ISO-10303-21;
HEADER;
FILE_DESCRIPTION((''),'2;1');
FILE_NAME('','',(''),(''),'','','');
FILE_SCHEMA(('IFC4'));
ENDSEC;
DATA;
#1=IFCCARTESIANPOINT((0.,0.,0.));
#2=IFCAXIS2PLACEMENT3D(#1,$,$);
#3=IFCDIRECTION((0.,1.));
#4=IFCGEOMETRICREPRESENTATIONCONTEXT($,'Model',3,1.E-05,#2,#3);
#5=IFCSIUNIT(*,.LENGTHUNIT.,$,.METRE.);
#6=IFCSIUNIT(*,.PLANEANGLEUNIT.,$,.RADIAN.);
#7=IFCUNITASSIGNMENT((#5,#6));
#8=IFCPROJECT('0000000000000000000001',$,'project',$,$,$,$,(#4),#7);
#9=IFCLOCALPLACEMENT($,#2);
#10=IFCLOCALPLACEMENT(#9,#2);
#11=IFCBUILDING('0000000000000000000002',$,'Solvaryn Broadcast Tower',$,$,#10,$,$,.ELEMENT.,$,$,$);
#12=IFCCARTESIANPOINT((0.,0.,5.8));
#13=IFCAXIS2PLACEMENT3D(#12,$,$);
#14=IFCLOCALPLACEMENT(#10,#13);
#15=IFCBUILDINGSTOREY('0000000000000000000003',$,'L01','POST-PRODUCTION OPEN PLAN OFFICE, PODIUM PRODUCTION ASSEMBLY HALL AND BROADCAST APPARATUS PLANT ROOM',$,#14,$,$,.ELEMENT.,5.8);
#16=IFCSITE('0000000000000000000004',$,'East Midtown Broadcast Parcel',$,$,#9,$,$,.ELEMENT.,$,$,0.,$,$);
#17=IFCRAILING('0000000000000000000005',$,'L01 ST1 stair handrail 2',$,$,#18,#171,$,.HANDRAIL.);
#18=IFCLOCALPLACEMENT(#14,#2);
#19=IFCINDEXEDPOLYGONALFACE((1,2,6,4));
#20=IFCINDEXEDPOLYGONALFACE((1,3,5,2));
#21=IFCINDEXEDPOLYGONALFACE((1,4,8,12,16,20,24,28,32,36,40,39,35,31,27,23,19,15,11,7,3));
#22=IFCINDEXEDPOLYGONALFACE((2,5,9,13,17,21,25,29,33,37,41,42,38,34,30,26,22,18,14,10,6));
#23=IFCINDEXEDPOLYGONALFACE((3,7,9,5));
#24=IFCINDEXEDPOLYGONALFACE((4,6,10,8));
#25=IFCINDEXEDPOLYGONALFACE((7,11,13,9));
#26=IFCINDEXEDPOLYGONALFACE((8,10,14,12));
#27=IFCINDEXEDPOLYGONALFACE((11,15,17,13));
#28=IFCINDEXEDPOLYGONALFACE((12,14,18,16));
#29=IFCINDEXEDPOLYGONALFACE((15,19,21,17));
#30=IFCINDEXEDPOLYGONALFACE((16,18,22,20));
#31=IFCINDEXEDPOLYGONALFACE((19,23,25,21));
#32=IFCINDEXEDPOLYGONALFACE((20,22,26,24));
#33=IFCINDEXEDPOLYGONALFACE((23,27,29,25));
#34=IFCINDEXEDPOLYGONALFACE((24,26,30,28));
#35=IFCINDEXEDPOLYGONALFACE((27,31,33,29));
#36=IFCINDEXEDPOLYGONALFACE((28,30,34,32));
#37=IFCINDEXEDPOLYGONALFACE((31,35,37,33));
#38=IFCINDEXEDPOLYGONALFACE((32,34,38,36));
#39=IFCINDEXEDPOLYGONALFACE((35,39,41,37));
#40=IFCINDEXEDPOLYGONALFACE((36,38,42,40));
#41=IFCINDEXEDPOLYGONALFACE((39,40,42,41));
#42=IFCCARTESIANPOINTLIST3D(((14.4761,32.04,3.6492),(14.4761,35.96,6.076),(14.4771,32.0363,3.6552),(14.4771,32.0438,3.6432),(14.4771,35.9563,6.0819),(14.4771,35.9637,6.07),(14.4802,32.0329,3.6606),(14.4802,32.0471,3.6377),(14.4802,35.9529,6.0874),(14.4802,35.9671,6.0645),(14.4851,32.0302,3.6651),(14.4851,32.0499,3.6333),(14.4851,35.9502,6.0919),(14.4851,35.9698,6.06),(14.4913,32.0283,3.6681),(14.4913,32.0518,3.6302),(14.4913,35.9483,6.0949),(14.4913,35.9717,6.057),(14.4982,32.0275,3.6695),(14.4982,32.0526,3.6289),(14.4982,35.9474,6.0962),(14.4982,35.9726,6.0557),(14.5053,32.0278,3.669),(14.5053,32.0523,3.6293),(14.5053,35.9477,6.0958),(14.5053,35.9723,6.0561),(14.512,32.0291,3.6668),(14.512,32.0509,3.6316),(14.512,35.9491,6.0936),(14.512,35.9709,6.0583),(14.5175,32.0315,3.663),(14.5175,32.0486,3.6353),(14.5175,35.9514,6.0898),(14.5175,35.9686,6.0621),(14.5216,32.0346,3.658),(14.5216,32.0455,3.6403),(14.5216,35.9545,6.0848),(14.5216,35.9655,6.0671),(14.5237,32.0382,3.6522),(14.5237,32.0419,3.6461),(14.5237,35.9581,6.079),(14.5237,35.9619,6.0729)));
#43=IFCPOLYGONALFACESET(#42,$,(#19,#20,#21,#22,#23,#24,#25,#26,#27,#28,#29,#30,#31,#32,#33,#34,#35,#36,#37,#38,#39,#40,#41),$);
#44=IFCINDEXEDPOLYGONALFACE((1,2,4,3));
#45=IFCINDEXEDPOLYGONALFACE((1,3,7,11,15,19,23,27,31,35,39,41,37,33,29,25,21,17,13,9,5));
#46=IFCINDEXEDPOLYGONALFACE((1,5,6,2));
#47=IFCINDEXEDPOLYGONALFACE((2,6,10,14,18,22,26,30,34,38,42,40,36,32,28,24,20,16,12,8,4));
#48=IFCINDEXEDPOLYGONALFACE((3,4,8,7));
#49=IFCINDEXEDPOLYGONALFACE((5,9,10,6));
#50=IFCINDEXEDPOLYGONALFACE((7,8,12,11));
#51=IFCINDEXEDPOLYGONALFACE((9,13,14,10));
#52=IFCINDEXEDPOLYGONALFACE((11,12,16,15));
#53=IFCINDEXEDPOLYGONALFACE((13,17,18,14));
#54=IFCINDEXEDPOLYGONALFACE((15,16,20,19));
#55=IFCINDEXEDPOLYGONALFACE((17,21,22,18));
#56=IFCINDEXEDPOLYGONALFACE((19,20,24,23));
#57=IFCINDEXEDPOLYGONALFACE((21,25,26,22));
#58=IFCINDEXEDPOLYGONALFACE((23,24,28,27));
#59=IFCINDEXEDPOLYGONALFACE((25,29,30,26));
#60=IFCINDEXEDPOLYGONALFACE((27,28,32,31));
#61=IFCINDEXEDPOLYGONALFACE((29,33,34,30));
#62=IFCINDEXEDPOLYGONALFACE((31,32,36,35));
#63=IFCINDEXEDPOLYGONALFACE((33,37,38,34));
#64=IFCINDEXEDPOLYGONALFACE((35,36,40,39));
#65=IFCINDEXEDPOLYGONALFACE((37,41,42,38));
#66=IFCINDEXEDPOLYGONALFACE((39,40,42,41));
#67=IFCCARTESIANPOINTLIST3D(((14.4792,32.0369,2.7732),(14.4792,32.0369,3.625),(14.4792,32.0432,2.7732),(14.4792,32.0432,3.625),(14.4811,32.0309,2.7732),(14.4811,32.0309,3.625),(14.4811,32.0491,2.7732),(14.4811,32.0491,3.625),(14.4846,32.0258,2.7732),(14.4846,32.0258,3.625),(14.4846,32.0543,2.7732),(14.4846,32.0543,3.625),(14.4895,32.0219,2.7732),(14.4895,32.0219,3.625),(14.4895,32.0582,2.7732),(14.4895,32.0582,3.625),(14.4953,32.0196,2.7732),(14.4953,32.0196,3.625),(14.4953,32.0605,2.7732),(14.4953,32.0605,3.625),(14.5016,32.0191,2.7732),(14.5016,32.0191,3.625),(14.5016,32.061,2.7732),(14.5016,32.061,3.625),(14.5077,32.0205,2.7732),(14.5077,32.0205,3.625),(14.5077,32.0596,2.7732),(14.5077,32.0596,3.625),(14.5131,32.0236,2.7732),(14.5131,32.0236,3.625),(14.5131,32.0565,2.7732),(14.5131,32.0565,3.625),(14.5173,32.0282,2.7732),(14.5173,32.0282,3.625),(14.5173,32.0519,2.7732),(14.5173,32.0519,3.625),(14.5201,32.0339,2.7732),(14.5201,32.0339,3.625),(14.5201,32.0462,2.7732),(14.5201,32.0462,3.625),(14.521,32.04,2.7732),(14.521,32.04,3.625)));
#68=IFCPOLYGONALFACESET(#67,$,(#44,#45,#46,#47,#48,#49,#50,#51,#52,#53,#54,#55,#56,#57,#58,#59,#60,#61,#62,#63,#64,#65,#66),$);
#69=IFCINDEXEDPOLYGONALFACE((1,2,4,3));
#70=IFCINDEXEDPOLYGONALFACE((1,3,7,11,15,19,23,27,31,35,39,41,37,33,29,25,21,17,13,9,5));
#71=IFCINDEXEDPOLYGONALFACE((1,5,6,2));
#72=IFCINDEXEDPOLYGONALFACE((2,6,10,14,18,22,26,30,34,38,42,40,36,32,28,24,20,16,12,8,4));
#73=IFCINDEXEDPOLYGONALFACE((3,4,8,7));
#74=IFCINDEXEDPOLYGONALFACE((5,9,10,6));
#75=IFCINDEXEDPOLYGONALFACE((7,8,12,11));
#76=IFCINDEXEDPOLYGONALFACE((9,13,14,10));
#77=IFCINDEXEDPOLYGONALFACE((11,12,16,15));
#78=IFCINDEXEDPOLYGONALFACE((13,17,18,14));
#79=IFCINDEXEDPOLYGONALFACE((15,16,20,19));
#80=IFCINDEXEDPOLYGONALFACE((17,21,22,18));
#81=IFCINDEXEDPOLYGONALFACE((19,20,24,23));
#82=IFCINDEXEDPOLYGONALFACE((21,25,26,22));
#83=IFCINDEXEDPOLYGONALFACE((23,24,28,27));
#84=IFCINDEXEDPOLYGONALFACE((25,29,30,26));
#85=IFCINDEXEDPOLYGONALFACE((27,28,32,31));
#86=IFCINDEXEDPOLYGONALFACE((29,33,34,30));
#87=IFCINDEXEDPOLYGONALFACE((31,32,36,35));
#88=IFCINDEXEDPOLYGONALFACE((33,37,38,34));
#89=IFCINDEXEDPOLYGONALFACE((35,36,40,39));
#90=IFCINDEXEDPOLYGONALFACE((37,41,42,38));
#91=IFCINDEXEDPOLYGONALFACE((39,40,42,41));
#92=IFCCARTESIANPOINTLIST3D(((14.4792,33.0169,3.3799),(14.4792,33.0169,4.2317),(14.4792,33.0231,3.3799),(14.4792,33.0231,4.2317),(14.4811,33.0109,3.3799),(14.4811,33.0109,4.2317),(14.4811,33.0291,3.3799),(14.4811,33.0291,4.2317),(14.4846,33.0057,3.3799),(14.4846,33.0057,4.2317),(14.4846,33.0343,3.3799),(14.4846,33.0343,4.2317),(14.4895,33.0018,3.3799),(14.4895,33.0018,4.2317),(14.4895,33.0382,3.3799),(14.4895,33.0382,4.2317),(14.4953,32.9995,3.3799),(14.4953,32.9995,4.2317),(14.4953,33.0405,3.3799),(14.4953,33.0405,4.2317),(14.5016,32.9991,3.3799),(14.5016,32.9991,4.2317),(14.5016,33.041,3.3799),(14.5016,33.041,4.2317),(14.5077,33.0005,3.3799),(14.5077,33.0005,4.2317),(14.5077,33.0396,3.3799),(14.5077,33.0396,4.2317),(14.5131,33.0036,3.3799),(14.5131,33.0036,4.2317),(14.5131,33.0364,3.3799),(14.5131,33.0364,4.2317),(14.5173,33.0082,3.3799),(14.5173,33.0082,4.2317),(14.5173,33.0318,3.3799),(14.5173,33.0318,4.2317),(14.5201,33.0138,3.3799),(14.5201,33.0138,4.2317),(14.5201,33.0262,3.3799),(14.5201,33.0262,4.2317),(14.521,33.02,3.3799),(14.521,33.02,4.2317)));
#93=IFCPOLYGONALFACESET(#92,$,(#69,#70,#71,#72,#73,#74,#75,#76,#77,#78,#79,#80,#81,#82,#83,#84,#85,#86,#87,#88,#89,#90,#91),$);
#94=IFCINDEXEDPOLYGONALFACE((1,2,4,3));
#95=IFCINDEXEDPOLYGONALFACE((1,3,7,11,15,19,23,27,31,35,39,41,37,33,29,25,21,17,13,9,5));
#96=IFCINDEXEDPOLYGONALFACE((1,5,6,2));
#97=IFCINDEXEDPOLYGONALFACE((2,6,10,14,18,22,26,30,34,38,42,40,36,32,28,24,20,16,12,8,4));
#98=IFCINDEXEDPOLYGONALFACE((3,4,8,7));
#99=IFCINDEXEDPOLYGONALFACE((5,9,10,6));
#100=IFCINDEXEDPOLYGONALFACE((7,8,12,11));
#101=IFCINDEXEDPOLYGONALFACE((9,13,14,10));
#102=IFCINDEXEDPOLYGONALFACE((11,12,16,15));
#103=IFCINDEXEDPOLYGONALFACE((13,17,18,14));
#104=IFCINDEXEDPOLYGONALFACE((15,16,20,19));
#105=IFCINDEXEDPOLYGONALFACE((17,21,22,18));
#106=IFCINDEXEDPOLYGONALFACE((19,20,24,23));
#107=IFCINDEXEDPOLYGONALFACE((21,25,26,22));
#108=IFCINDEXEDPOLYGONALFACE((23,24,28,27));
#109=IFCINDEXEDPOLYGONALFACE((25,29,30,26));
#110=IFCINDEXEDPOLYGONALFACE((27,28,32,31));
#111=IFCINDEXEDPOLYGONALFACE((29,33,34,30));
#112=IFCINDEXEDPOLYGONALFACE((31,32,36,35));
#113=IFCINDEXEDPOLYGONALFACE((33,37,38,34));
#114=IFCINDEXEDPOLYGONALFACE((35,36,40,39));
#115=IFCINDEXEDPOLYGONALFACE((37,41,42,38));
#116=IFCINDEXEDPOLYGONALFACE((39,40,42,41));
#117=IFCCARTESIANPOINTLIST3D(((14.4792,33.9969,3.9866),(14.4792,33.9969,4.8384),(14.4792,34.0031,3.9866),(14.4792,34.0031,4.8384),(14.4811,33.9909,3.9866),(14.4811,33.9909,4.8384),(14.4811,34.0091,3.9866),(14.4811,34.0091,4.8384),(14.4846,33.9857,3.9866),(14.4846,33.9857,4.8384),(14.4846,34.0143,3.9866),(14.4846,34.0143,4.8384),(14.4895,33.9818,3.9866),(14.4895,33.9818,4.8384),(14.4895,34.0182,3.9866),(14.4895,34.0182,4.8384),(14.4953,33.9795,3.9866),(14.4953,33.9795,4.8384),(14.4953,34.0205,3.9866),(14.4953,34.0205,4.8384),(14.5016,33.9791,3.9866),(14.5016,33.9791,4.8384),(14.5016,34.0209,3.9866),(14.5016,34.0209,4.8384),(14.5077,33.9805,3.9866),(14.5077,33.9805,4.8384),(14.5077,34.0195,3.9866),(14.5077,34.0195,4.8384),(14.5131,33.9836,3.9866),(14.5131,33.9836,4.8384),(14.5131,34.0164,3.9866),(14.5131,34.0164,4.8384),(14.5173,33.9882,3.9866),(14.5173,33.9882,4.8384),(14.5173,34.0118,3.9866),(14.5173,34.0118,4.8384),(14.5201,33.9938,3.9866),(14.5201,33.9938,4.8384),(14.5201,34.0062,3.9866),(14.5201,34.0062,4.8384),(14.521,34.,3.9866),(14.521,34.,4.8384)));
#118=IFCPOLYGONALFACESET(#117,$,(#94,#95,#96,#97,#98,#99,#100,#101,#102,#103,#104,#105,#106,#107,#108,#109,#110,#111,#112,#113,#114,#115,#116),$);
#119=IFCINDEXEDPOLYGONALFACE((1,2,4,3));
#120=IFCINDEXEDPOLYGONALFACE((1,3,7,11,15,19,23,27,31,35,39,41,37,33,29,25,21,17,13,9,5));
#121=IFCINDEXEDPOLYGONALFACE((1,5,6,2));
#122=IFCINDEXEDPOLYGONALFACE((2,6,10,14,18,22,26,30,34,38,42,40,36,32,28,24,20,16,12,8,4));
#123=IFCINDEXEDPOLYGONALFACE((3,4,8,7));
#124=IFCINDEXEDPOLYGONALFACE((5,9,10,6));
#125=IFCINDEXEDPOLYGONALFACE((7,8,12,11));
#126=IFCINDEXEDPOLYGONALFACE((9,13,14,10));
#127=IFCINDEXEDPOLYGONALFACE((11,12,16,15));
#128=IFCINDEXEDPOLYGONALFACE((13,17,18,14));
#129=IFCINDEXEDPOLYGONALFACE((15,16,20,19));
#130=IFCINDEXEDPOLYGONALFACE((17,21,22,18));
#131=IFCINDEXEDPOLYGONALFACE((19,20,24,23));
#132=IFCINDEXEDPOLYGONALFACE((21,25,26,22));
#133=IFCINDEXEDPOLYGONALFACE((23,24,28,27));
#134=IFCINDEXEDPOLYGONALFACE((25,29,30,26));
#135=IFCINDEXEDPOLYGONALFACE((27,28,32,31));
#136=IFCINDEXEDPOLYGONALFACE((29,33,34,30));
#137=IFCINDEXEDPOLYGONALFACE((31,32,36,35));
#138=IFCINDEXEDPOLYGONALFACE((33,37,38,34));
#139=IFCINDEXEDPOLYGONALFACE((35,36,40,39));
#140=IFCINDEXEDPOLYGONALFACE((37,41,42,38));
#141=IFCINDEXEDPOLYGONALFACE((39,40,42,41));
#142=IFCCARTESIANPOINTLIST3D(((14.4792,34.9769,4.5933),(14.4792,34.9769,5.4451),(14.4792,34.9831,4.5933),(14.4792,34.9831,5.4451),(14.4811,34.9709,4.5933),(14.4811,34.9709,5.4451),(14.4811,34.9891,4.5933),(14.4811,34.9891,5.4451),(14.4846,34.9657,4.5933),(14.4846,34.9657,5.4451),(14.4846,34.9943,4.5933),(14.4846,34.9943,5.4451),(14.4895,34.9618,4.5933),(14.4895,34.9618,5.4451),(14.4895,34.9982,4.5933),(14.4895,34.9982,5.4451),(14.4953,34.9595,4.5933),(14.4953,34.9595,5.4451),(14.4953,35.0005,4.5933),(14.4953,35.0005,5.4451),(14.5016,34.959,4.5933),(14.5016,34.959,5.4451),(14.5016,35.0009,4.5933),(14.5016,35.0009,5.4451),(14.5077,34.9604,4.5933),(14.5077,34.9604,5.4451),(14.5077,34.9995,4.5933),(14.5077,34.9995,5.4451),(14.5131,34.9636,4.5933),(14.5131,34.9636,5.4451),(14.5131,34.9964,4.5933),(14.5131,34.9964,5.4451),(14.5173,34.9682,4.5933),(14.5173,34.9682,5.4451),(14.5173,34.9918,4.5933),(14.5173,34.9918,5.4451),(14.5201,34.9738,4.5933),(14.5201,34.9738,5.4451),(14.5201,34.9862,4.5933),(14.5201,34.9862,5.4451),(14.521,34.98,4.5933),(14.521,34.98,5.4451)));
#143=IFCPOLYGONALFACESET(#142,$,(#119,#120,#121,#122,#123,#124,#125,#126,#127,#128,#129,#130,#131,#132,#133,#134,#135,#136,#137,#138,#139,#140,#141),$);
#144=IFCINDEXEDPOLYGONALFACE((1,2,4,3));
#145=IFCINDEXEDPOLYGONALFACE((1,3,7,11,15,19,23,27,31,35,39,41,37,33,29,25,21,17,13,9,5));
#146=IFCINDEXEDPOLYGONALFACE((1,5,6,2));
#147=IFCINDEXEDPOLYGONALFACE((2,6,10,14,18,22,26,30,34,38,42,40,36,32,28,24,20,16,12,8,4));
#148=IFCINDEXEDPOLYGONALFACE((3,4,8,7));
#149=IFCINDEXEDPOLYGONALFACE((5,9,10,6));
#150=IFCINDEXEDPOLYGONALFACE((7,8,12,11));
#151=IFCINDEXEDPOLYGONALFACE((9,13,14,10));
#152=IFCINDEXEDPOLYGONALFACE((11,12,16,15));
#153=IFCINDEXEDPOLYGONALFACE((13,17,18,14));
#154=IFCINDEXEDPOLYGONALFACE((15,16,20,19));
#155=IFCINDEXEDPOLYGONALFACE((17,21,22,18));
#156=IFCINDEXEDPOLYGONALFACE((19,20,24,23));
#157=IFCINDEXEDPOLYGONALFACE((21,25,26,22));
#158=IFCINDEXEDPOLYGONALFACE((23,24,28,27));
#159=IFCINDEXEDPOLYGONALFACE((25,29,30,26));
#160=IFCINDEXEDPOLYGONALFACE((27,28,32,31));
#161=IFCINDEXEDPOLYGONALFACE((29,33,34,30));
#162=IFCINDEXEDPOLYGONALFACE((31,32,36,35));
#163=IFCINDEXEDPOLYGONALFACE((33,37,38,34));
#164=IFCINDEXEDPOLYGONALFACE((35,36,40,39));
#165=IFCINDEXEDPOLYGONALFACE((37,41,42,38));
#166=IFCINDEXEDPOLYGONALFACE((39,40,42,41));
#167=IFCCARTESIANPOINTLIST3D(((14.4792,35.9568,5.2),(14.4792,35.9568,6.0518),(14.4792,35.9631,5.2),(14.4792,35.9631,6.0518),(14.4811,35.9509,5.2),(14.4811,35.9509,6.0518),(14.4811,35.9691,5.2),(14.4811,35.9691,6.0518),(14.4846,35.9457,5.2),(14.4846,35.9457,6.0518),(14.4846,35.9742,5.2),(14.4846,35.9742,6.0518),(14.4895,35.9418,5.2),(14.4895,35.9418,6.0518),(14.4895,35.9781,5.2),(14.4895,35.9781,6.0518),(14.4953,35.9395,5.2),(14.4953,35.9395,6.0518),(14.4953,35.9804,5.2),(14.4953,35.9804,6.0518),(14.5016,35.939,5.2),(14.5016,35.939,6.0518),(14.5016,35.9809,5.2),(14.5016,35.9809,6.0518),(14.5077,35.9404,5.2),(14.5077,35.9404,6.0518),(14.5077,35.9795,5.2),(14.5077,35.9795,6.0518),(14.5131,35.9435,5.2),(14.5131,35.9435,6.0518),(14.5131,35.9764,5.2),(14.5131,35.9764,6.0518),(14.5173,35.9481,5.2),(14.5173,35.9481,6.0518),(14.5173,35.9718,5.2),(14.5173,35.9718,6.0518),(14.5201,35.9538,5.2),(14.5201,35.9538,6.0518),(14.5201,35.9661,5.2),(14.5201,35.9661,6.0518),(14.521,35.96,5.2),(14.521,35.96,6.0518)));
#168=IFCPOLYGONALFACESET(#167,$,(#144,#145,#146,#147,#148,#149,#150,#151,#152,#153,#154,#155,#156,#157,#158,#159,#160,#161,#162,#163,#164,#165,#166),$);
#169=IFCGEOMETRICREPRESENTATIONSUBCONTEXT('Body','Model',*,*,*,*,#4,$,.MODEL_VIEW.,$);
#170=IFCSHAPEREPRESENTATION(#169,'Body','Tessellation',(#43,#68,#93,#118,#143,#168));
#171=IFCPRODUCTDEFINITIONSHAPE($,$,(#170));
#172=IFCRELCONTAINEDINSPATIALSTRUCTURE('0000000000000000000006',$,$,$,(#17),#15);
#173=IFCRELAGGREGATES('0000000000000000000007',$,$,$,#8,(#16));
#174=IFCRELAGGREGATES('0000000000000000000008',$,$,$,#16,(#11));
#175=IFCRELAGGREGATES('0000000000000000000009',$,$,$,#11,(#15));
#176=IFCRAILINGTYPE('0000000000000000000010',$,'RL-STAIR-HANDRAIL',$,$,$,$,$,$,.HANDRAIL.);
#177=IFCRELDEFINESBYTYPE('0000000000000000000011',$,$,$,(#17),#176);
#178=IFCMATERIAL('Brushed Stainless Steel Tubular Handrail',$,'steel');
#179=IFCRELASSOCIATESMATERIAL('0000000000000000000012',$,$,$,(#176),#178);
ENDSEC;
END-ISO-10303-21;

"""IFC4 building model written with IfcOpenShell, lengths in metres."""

from ifc_helpers import new_model, si_unit, direction, frame, origin, origin_2d, place, context, subcontext, project, spatial, circle, extrude, material, type_object, element, save


model = new_model("IFC4")

# Units and contexts
model_context = context("Model", 3, precision=1e-05, world=origin(), true_north=direction((0.0, 1.0)))
body_context = subcontext(model_context, "Body", "Model", "MODEL_VIEW")
ifc_project = project(units=[si_unit("LENGTHUNIT", "METRE"), si_unit("PLANEANGLEUNIT", "RADIAN")], contexts=[model_context])

# Site, building, storey
site_placement = place(None, origin())
site = spatial("IfcSite", under=ifc_project, at=site_placement, Name="East Midtown Broadcast Parcel", CompositionType="ELEMENT", RefElevation=0.0)
building_placement = place(site_placement, origin())
building = spatial("IfcBuilding", under=site, at=building_placement, Name="Solvaryn Broadcast Tower", CompositionType="ELEMENT")
storey_placement = place(building_placement, frame((0.0, 0.0, 5.8)))
storey = spatial("IfcBuildingStorey", under=building, at=storey_placement, Name="L01", Description="POST-PRODUCTION OPEN PLAN OFFICE, PODIUM PRODUCTION ASSEMBLY HALL AND BROADCAST APPARATUS PLANT ROOM", CompositionType="ELEMENT", Elevation=5.8)

# Railing
ifc_material_1 = material(Name="Brushed Stainless Steel Tubular Handrail", Category="steel")
railing_type_1 = type_object("IfcRailingType", Name="RL-STAIR-HANDRAIL", PredefinedType="HANDRAIL", material=ifc_material_1)
railing_1_placement = place(storey_placement, frame((14.5, 32.04, 2.7732)))
element("IfcRailing", 1, at=railing_1_placement, inside=storey, type_object=railing_type_1, Name="L01 ST1 stair handrail 2", PredefinedType="HANDRAIL", context=body_context, shape_type="SweptSolid", body=[
    extrude(circle(Radius=0.0239, at=origin_2d()), frame((0.0, 0.0, 0.876), z_axis=(0.0, 0.850252, 0.526376), x_axis=(-1.0, 0.0, 0.0)), (0.0, 0.0, 1.0), 4.6104),
    extrude(circle(Radius=0.021, at=origin_2d()), origin(), (0.0, 0.0, 1.0), 0.8518),
    extrude(circle(Radius=0.021, at=origin_2d()), frame((0.0, 0.98, 0.6067)), (0.0, 0.0, 1.0), 0.8518),
    extrude(circle(Radius=0.021, at=origin_2d()), frame((0.0, 1.96, 1.2134)), (0.0, 0.0, 1.0), 0.8518),
    extrude(circle(Radius=0.021, at=origin_2d()), frame((0.0, 2.9399, 1.8201)), (0.0, 0.0, 1.0), 0.8518),
    extrude(circle(Radius=0.021, at=origin_2d()), frame((0.0, 3.9199, 2.4268)), (0.0, 0.0, 1.0), 0.8518),
])

save(model, "model.ifc")
